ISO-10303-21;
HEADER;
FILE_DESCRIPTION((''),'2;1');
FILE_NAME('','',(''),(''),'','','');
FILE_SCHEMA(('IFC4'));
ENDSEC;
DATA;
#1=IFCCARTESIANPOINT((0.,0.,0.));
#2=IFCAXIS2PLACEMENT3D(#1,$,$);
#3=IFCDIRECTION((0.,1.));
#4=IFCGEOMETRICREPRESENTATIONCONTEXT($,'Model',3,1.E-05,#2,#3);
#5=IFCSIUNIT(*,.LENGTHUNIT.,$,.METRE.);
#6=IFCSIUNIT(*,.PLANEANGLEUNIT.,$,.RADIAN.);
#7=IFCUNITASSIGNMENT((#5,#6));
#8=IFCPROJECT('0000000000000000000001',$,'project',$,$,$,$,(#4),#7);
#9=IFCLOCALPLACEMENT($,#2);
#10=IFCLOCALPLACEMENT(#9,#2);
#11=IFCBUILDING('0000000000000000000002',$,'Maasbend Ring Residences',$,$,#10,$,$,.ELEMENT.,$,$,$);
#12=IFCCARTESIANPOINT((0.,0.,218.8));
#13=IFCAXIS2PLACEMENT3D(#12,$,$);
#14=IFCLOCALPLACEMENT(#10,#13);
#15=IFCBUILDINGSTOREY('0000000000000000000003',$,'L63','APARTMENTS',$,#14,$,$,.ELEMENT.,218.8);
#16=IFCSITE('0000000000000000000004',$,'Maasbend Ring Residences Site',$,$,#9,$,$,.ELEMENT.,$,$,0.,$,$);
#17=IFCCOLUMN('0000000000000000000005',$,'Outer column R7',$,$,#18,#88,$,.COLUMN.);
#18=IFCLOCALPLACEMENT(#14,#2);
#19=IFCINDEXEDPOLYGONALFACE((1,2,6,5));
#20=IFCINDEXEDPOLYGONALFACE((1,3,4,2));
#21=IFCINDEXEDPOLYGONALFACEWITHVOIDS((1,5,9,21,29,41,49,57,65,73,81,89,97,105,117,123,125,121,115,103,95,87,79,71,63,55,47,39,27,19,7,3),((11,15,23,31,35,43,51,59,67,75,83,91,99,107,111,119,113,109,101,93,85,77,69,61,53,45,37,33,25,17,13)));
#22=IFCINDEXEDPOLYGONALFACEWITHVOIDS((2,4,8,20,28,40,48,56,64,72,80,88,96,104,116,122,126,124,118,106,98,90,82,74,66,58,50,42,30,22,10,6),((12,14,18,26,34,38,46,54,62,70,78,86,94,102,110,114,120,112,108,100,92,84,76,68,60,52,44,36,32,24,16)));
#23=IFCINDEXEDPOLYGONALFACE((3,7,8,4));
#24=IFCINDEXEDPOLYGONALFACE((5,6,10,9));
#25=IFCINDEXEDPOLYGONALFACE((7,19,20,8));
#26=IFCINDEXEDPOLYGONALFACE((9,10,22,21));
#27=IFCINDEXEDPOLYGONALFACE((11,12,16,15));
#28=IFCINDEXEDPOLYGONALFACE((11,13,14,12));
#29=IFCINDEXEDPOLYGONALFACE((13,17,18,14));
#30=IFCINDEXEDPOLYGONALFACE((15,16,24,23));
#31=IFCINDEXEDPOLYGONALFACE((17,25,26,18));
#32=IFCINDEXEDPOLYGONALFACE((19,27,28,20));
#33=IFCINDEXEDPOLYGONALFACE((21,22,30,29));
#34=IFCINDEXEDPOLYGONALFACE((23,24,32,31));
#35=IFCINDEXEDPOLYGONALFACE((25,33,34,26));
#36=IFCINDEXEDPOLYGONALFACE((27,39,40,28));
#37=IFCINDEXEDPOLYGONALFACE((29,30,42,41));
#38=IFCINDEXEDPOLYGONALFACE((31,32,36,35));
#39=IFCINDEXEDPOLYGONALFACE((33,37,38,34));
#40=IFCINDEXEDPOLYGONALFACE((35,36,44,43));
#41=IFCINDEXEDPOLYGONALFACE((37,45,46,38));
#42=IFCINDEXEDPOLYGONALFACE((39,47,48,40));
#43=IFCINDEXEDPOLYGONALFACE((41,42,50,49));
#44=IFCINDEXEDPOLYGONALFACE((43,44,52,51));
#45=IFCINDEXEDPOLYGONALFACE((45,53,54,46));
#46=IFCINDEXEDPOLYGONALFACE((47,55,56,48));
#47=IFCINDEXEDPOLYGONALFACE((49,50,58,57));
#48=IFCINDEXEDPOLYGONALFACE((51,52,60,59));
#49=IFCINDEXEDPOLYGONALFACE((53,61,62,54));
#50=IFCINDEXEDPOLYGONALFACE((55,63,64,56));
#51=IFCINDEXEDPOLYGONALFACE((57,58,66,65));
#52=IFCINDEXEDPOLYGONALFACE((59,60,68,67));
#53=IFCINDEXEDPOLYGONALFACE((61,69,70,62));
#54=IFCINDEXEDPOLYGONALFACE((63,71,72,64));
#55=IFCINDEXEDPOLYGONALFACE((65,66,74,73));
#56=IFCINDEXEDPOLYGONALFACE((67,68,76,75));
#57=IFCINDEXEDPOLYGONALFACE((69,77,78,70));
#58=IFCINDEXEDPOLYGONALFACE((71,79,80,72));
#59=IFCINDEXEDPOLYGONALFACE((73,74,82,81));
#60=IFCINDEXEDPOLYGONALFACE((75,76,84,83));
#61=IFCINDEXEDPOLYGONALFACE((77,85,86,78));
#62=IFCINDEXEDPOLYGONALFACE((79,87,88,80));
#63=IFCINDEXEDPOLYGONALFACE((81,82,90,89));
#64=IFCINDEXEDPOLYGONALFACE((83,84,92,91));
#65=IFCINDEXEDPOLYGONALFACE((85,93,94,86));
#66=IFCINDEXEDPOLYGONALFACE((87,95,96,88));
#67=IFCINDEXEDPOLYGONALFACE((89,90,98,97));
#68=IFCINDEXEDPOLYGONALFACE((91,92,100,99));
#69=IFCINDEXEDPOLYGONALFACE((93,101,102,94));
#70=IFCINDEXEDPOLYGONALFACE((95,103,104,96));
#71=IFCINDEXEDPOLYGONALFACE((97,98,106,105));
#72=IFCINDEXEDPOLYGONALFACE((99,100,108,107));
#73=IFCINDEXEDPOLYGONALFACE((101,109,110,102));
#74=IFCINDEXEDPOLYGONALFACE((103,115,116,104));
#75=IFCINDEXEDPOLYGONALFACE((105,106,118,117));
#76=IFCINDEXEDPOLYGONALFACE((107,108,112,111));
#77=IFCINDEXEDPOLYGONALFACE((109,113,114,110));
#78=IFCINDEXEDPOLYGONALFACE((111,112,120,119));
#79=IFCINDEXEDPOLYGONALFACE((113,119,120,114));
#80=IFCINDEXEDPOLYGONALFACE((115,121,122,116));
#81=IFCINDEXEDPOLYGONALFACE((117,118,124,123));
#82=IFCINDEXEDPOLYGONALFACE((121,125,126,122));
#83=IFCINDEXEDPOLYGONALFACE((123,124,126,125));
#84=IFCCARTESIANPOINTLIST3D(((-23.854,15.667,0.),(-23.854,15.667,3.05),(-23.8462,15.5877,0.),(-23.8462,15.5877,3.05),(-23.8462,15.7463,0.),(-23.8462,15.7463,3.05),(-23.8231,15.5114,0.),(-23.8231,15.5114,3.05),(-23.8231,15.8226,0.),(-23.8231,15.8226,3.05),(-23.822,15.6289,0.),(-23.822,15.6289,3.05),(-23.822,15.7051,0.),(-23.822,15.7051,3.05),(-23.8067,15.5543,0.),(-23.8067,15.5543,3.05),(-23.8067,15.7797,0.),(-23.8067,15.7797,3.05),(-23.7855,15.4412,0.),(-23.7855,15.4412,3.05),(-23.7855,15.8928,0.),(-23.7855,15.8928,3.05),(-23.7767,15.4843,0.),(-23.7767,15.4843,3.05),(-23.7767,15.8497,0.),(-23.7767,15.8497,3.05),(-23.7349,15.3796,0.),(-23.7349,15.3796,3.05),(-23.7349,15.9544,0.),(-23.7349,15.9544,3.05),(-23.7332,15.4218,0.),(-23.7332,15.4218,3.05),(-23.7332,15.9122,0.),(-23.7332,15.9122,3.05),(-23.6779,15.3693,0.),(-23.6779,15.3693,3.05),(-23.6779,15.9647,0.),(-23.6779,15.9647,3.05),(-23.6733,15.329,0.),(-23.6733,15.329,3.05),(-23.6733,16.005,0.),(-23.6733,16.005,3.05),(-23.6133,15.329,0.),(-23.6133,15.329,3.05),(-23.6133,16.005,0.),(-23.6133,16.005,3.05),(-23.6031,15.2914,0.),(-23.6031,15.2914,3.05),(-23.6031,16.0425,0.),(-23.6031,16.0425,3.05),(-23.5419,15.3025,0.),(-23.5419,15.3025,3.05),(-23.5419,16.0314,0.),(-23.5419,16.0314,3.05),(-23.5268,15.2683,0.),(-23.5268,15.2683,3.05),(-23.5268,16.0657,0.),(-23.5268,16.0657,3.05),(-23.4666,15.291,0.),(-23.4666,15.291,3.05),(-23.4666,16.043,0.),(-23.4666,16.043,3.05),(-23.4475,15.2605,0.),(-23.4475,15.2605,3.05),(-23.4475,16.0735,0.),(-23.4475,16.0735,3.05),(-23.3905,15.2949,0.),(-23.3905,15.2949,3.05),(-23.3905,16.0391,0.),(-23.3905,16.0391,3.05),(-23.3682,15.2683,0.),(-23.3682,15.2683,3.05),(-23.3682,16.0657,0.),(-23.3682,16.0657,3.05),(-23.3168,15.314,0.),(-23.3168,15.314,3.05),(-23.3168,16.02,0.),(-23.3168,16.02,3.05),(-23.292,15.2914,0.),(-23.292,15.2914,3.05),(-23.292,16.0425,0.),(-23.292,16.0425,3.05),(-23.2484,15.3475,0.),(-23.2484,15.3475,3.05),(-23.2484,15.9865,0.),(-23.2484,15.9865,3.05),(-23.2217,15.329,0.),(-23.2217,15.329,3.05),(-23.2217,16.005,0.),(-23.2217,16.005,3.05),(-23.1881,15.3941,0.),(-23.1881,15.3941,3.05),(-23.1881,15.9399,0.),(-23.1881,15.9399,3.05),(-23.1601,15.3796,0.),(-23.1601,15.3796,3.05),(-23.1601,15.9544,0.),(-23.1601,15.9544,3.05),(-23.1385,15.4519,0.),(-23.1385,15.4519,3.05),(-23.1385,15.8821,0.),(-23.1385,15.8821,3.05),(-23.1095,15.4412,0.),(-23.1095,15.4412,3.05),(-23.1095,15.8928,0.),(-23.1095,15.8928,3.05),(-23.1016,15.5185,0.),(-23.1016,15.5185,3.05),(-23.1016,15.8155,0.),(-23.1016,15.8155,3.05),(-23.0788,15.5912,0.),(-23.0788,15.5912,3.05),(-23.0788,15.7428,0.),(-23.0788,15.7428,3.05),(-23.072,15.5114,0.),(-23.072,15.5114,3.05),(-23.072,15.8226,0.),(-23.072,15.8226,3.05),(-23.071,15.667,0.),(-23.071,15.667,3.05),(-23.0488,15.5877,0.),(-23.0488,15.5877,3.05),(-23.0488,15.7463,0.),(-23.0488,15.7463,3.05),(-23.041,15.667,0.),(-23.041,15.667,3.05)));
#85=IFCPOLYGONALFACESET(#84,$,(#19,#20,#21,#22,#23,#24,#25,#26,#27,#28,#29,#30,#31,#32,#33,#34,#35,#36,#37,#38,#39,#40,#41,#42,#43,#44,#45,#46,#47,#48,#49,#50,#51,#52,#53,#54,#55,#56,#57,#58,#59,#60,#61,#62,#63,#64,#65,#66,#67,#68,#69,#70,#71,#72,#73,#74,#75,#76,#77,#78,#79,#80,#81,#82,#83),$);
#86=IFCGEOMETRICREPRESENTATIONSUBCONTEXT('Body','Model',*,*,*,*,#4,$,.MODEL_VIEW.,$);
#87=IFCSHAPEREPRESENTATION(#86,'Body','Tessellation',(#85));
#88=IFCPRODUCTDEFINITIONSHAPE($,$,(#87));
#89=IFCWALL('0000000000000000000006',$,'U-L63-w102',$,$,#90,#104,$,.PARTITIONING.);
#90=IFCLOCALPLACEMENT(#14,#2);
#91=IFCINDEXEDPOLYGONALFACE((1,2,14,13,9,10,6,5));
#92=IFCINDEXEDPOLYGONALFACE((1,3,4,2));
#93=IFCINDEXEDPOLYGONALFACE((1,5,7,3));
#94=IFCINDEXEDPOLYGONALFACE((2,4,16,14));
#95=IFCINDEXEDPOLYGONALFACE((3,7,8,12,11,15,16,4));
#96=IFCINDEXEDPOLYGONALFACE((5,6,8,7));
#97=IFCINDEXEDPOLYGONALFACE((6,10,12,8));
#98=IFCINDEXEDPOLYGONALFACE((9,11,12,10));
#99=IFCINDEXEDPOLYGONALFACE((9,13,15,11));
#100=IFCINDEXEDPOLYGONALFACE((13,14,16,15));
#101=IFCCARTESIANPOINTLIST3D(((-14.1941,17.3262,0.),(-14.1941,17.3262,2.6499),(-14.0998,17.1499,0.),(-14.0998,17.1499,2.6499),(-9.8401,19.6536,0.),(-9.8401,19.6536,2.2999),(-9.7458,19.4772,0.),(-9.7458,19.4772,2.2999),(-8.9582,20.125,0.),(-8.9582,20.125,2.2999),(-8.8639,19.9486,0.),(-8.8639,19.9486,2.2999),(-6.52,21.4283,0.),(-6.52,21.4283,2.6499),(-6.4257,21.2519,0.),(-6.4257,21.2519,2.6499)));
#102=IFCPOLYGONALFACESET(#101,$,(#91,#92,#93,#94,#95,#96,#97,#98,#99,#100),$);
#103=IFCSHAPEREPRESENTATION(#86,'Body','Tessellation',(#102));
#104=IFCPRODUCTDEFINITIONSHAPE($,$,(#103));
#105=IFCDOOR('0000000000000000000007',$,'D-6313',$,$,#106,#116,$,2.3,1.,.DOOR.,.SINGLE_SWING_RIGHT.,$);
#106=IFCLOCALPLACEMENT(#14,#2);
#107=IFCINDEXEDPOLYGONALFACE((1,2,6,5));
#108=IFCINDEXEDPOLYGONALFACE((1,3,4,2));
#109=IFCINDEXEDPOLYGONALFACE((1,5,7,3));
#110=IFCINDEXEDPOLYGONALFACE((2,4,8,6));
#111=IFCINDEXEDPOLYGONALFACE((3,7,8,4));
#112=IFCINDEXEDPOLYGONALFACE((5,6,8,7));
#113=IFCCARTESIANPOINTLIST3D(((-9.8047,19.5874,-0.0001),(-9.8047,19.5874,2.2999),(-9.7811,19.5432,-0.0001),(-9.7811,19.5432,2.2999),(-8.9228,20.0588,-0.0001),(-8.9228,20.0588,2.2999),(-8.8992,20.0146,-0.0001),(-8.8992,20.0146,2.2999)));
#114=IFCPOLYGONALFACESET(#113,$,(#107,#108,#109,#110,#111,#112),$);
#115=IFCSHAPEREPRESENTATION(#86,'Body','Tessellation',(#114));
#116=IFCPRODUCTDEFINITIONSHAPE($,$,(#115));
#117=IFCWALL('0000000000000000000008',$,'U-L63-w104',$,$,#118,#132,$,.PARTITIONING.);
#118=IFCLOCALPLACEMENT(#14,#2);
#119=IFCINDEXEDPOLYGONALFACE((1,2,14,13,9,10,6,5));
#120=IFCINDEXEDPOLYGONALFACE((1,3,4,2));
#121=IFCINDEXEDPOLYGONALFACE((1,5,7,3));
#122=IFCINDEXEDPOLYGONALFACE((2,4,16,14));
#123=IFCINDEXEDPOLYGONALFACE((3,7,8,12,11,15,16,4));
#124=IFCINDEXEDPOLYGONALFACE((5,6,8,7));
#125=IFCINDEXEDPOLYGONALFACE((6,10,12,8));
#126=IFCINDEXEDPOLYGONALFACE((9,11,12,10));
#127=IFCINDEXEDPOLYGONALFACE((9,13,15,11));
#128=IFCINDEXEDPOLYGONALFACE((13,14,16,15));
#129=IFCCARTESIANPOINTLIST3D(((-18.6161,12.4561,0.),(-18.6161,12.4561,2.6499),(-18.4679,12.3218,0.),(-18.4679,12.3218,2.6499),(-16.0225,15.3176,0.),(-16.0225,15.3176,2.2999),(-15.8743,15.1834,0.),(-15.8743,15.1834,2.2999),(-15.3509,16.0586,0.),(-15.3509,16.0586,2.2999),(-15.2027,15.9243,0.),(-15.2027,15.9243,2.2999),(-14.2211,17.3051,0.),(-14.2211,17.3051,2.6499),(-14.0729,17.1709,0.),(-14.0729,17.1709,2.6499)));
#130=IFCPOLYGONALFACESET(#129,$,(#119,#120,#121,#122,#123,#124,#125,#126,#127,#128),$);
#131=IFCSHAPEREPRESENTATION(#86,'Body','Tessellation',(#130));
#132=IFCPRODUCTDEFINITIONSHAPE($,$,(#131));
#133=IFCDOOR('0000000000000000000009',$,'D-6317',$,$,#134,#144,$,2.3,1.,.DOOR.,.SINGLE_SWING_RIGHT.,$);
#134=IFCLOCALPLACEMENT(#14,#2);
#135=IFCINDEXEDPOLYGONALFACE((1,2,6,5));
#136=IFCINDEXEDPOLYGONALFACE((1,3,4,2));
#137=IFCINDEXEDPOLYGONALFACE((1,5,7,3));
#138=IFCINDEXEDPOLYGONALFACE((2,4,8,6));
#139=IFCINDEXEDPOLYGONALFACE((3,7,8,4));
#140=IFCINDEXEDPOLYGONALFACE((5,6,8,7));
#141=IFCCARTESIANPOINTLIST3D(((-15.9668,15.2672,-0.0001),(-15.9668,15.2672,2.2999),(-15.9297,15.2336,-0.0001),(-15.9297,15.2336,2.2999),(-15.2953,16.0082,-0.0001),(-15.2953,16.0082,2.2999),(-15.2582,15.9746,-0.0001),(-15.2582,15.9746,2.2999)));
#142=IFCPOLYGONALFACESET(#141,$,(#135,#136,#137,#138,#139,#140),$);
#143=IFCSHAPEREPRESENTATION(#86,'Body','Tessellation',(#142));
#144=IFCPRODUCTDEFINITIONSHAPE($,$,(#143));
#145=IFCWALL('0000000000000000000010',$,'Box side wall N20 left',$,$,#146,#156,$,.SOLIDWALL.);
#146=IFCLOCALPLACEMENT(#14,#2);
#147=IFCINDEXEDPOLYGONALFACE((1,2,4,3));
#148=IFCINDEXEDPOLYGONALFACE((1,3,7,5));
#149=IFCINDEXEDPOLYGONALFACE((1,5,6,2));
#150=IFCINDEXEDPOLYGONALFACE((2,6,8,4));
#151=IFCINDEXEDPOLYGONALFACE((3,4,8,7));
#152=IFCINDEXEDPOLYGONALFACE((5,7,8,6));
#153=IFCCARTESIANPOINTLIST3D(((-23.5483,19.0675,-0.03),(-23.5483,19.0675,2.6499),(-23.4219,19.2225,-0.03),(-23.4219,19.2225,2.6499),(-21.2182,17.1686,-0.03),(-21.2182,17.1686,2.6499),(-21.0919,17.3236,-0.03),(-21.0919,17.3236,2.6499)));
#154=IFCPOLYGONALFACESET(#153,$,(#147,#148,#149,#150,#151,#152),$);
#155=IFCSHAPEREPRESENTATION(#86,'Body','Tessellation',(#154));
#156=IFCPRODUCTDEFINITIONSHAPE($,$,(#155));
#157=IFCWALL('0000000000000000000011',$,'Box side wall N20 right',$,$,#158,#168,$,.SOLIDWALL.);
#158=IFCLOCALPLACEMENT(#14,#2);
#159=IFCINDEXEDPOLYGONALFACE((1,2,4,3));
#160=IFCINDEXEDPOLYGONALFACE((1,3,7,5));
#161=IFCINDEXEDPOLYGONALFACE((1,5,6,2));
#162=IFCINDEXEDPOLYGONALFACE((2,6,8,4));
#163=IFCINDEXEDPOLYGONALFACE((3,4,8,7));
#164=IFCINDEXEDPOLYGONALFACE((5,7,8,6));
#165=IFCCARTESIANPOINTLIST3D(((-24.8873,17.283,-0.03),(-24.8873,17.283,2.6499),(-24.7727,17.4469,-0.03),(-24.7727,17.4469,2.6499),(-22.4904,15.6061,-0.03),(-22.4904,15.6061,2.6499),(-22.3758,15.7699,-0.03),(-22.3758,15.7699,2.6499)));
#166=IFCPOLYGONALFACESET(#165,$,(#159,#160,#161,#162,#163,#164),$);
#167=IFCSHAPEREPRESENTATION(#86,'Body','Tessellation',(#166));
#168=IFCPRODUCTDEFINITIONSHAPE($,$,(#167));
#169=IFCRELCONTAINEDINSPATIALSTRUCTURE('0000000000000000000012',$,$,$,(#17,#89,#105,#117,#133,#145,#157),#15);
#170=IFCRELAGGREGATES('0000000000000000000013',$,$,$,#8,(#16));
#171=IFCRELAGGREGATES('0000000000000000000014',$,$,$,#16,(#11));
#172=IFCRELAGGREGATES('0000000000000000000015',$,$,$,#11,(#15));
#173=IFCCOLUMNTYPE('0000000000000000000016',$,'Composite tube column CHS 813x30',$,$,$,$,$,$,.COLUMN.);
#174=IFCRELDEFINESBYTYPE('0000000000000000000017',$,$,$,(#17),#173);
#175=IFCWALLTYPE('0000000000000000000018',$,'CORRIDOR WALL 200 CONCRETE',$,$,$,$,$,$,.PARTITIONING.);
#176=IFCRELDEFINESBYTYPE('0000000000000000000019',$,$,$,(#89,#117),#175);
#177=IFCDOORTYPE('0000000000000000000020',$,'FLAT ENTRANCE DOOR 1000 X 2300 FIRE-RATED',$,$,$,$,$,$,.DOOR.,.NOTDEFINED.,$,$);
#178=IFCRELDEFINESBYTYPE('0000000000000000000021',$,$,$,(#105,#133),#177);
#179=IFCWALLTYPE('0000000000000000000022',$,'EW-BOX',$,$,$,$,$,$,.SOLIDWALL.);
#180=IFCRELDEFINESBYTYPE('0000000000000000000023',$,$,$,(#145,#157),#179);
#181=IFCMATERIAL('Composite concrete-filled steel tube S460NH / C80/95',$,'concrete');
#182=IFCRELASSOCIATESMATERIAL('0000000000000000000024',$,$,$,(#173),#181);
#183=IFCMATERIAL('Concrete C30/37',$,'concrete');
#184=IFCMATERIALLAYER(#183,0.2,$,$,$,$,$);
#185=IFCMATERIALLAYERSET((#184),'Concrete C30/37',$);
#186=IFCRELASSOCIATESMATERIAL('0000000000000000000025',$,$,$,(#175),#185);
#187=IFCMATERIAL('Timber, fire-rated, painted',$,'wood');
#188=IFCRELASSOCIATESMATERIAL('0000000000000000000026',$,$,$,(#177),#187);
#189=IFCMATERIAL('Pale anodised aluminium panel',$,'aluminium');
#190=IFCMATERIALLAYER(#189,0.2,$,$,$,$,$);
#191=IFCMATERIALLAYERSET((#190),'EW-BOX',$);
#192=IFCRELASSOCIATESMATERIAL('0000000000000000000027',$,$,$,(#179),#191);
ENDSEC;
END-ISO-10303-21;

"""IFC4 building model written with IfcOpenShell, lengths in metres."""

from ifc_helpers import new_model, si_unit, direction, frame, frame_2d, origin, origin_2d, place, context, subcontext, project, spatial, rectangle, hollow_circle, extrude, material, layer, layer_set, material_profile, profile_set, type_object, element, fill, save


model = new_model("IFC4")

# Units and contexts
model_context = context("Model", 3, precision=1e-05, world=origin(), true_north=direction((0.0, 1.0)))
body_context = subcontext(model_context, "Body", "Model", "MODEL_VIEW")
ifc_project = project(units=[si_unit("LENGTHUNIT", "METRE"), si_unit("PLANEANGLEUNIT", "RADIAN")], contexts=[model_context])

# Site, building, storey
site_placement = place(None, origin())
site = spatial("IfcSite", under=ifc_project, at=site_placement, Name="Maasbend Ring Residences Site", CompositionType="ELEMENT", RefElevation=0.0)
building_placement = place(site_placement, origin())
building = spatial("IfcBuilding", under=site, at=building_placement, Name="Maasbend Ring Residences", CompositionType="ELEMENT")
storey_placement = place(building_placement, frame((0.0, 0.0, 218.8)))
storey = spatial("IfcBuildingStorey", under=building, at=storey_placement, Name="L63", Description="APARTMENTS", CompositionType="ELEMENT", Elevation=218.8)

# Column
ifc_material_1 = material(Name="Composite concrete-filled steel tube S460NH / C80/95", Category="concrete")
ifc_material_profile = material_profile(ifc_material_1, hollow_circle(Radius=0.4065, WallThickness=0.03, at=origin_2d()), Name="Composite tube column CHS 813x30")
ifc_profile_set = profile_set([ifc_material_profile], Name="Composite concrete-filled steel tube S460NH / C80/95")
column_type = type_object("IfcColumnType", Name="Composite tube column CHS 813x30", PredefinedType="COLUMN", material=ifc_profile_set)
column_placement = place(storey_placement, frame((-23.4475, 15.667, 0.0), z_axis=(0.0, 0.0, 1.0), x_axis=(1.0, 0.0, 0.0)))
element("IfcColumn", 1, at=column_placement, inside=storey, type_object=column_type, Name="Outer column R7", PredefinedType="COLUMN", context=body_context, shape_type="SweptSolid", body=[
    extrude(hollow_circle(Radius=0.4065, WallThickness=0.03, at=origin_2d()), origin(), (0.0, 0.0, 1.0), 3.05),
])

# Walls, openings, doors
ifc_material_2 = material(Name="Concrete C30/37", Category="concrete")
ifc_layer_1 = layer(ifc_material_2, 0.2)
ifc_layer_set_1 = layer_set([ifc_layer_1], Name="Concrete C30/37")
wall_type_1 = type_object("IfcWallType", Name="CORRIDOR WALL 200 CONCRETE", PredefinedType="PARTITIONING", material=ifc_layer_set_1)
wall_1_placement = place(storey_placement, frame((-14.147, 17.238, 0.0), z_axis=(0.0, 0.0, 1.0), x_axis=(0.881913, 0.471412, 0.0)))
wall_1 = element("IfcWall", 2, at=wall_1_placement, inside=storey, type_object=wall_type_1, Name="U-L63-w102", PredefinedType="PARTITIONING", context=body_context, shape_type="SweptSolid", body=[
    extrude(rectangle(XDim=8.7017, YDim=0.2, at=frame_2d((4.3508, 0.0))), origin(), (0.0, 0.0, 1.0), 2.6499),
])
opening_1_placement = place(wall_1_placement, frame((4.937, 0.0, 0.0)))
opening_1 = element("IfcOpeningElement", 3, at=opening_1_placement, cuts=wall_1, PredefinedType="OPENING", context=body_context, shape_type="SweptSolid", body=[
    extrude(rectangle(XDim=1.0, YDim=2.3, at=frame_2d((0.5, 1.1499))), frame((0.0, 0.1099, 0.0), z_axis=(0.0, -1.0, 0.0), x_axis=(1.0, 0.0, 0.0)), (0.0, 0.0, 1.0), 0.22),
])
ifc_material_3 = material(Name="Timber, fire-rated, painted", Category="wood")
door_type_1 = type_object("IfcDoorType", Name="FLAT ENTRANCE DOOR 1000 X 2300 FIRE-RATED", OperationType="NOTDEFINED", PredefinedType="DOOR", material=ifc_material_3)
door_1_placement = place(opening_1_placement, origin())
door_1 = element("IfcDoor", 4, at=door_1_placement, inside=storey, type_object=door_type_1, Name="D-6313", OperationType="SINGLE_SWING_RIGHT", OverallHeight=2.3, OverallWidth=1.0, PredefinedType="DOOR", context=body_context, shape_type="SweptSolid", body=[
    extrude(rectangle(XDim=1.0, YDim=2.3, at=frame_2d((0.5, 1.1499))), frame((0.0, 0.0249, 0.0), z_axis=(0.0, -1.0, 0.0), x_axis=(1.0, 0.0, 0.0)), (0.0, 0.0, 1.0), 0.05),
])
fill(opening_1, door_1)
wall_2_placement = place(storey_placement, frame((-18.542, 12.3889, 0.0), z_axis=(0.0, 0.0, 1.0), x_axis=(0.671562, 0.740949, 0.0)))
wall_2 = element("IfcWall", 5, at=wall_2_placement, inside=storey, type_object=wall_type_1, Name="U-L63-w104", PredefinedType="PARTITIONING", context=body_context, shape_type="SweptSolid", body=[
    extrude(rectangle(XDim=6.5444, YDim=0.2, at=frame_2d((3.2722, 0.0))), origin(), (0.0, 0.0, 1.0), 2.6499),
])
opening_2_placement = place(wall_2_placement, frame((3.8621, 0.0, 0.0)))
opening_2 = element("IfcOpeningElement", 6, at=opening_2_placement, cuts=wall_2, PredefinedType="OPENING", context=body_context, shape_type="SweptSolid", body=[
    extrude(rectangle(XDim=1.0, YDim=2.3, at=frame_2d((0.5, 1.1499))), frame((0.0, 0.1099, 0.0), z_axis=(0.0, -1.0, 0.0), x_axis=(1.0, 0.0, 0.0)), (0.0, 0.0, 1.0), 0.22),
])
door_2_placement = place(opening_2_placement, origin())
door_2 = element("IfcDoor", 7, at=door_2_placement, inside=storey, type_object=door_type_1, Name="D-6317", OperationType="SINGLE_SWING_RIGHT", OverallHeight=2.3, OverallWidth=1.0, PredefinedType="DOOR", context=body_context, shape_type="SweptSolid", body=[
    extrude(rectangle(XDim=1.0, YDim=2.3, at=frame_2d((0.5, 1.1499))), frame((0.0, 0.0249, 0.0), z_axis=(0.0, -1.0, 0.0), x_axis=(1.0, 0.0, 0.0)), (0.0, 0.0, 1.0), 0.05),
])
fill(opening_2, door_2)

# Walls
ifc_material_4 = material(Name="Pale anodised aluminium panel", Category="aluminium")
ifc_layer_2 = layer(ifc_material_4, 0.2)
ifc_layer_set_2 = layer_set([ifc_layer_2], Name="EW-BOX")
wall_type_2 = type_object("IfcWallType", Name="EW-BOX", PredefinedType="SOLIDWALL", material=ifc_layer_set_2)
wall_3_placement = place(storey_placement, frame((-21.155, 17.2461, -0.03), z_axis=(0.0, 0.0, 1.0), x_axis=(-0.775179, 0.631742, 0.0)))
element("IfcWall", 8, at=wall_3_placement, inside=storey, type_object=wall_type_2, Name="Box side wall N20 left", PredefinedType="SOLIDWALL", context=body_context, shape_type="SweptSolid", body=[
    extrude(rectangle(XDim=3.0059, YDim=0.2, at=frame_2d((1.5029, 0.0))), origin(), (0.0, 0.0, 1.0), 2.6799),
])
wall_4_placement = place(storey_placement, frame((-22.4331, 15.688, -0.03), z_axis=(0.0, 0.0, 1.0), x_axis=(-0.819373, 0.573261, 0.0)))
element("IfcWall", 9, at=wall_4_placement, inside=storey, type_object=wall_type_2, Name="Box side wall N20 right", PredefinedType="SOLIDWALL", context=body_context, shape_type="SweptSolid", body=[
    extrude(rectangle(XDim=2.9253, YDim=0.2, at=frame_2d((1.4626, 0.0))), origin(), (0.0, 0.0, 1.0), 2.6799),
])

save(model, "model.ifc")
